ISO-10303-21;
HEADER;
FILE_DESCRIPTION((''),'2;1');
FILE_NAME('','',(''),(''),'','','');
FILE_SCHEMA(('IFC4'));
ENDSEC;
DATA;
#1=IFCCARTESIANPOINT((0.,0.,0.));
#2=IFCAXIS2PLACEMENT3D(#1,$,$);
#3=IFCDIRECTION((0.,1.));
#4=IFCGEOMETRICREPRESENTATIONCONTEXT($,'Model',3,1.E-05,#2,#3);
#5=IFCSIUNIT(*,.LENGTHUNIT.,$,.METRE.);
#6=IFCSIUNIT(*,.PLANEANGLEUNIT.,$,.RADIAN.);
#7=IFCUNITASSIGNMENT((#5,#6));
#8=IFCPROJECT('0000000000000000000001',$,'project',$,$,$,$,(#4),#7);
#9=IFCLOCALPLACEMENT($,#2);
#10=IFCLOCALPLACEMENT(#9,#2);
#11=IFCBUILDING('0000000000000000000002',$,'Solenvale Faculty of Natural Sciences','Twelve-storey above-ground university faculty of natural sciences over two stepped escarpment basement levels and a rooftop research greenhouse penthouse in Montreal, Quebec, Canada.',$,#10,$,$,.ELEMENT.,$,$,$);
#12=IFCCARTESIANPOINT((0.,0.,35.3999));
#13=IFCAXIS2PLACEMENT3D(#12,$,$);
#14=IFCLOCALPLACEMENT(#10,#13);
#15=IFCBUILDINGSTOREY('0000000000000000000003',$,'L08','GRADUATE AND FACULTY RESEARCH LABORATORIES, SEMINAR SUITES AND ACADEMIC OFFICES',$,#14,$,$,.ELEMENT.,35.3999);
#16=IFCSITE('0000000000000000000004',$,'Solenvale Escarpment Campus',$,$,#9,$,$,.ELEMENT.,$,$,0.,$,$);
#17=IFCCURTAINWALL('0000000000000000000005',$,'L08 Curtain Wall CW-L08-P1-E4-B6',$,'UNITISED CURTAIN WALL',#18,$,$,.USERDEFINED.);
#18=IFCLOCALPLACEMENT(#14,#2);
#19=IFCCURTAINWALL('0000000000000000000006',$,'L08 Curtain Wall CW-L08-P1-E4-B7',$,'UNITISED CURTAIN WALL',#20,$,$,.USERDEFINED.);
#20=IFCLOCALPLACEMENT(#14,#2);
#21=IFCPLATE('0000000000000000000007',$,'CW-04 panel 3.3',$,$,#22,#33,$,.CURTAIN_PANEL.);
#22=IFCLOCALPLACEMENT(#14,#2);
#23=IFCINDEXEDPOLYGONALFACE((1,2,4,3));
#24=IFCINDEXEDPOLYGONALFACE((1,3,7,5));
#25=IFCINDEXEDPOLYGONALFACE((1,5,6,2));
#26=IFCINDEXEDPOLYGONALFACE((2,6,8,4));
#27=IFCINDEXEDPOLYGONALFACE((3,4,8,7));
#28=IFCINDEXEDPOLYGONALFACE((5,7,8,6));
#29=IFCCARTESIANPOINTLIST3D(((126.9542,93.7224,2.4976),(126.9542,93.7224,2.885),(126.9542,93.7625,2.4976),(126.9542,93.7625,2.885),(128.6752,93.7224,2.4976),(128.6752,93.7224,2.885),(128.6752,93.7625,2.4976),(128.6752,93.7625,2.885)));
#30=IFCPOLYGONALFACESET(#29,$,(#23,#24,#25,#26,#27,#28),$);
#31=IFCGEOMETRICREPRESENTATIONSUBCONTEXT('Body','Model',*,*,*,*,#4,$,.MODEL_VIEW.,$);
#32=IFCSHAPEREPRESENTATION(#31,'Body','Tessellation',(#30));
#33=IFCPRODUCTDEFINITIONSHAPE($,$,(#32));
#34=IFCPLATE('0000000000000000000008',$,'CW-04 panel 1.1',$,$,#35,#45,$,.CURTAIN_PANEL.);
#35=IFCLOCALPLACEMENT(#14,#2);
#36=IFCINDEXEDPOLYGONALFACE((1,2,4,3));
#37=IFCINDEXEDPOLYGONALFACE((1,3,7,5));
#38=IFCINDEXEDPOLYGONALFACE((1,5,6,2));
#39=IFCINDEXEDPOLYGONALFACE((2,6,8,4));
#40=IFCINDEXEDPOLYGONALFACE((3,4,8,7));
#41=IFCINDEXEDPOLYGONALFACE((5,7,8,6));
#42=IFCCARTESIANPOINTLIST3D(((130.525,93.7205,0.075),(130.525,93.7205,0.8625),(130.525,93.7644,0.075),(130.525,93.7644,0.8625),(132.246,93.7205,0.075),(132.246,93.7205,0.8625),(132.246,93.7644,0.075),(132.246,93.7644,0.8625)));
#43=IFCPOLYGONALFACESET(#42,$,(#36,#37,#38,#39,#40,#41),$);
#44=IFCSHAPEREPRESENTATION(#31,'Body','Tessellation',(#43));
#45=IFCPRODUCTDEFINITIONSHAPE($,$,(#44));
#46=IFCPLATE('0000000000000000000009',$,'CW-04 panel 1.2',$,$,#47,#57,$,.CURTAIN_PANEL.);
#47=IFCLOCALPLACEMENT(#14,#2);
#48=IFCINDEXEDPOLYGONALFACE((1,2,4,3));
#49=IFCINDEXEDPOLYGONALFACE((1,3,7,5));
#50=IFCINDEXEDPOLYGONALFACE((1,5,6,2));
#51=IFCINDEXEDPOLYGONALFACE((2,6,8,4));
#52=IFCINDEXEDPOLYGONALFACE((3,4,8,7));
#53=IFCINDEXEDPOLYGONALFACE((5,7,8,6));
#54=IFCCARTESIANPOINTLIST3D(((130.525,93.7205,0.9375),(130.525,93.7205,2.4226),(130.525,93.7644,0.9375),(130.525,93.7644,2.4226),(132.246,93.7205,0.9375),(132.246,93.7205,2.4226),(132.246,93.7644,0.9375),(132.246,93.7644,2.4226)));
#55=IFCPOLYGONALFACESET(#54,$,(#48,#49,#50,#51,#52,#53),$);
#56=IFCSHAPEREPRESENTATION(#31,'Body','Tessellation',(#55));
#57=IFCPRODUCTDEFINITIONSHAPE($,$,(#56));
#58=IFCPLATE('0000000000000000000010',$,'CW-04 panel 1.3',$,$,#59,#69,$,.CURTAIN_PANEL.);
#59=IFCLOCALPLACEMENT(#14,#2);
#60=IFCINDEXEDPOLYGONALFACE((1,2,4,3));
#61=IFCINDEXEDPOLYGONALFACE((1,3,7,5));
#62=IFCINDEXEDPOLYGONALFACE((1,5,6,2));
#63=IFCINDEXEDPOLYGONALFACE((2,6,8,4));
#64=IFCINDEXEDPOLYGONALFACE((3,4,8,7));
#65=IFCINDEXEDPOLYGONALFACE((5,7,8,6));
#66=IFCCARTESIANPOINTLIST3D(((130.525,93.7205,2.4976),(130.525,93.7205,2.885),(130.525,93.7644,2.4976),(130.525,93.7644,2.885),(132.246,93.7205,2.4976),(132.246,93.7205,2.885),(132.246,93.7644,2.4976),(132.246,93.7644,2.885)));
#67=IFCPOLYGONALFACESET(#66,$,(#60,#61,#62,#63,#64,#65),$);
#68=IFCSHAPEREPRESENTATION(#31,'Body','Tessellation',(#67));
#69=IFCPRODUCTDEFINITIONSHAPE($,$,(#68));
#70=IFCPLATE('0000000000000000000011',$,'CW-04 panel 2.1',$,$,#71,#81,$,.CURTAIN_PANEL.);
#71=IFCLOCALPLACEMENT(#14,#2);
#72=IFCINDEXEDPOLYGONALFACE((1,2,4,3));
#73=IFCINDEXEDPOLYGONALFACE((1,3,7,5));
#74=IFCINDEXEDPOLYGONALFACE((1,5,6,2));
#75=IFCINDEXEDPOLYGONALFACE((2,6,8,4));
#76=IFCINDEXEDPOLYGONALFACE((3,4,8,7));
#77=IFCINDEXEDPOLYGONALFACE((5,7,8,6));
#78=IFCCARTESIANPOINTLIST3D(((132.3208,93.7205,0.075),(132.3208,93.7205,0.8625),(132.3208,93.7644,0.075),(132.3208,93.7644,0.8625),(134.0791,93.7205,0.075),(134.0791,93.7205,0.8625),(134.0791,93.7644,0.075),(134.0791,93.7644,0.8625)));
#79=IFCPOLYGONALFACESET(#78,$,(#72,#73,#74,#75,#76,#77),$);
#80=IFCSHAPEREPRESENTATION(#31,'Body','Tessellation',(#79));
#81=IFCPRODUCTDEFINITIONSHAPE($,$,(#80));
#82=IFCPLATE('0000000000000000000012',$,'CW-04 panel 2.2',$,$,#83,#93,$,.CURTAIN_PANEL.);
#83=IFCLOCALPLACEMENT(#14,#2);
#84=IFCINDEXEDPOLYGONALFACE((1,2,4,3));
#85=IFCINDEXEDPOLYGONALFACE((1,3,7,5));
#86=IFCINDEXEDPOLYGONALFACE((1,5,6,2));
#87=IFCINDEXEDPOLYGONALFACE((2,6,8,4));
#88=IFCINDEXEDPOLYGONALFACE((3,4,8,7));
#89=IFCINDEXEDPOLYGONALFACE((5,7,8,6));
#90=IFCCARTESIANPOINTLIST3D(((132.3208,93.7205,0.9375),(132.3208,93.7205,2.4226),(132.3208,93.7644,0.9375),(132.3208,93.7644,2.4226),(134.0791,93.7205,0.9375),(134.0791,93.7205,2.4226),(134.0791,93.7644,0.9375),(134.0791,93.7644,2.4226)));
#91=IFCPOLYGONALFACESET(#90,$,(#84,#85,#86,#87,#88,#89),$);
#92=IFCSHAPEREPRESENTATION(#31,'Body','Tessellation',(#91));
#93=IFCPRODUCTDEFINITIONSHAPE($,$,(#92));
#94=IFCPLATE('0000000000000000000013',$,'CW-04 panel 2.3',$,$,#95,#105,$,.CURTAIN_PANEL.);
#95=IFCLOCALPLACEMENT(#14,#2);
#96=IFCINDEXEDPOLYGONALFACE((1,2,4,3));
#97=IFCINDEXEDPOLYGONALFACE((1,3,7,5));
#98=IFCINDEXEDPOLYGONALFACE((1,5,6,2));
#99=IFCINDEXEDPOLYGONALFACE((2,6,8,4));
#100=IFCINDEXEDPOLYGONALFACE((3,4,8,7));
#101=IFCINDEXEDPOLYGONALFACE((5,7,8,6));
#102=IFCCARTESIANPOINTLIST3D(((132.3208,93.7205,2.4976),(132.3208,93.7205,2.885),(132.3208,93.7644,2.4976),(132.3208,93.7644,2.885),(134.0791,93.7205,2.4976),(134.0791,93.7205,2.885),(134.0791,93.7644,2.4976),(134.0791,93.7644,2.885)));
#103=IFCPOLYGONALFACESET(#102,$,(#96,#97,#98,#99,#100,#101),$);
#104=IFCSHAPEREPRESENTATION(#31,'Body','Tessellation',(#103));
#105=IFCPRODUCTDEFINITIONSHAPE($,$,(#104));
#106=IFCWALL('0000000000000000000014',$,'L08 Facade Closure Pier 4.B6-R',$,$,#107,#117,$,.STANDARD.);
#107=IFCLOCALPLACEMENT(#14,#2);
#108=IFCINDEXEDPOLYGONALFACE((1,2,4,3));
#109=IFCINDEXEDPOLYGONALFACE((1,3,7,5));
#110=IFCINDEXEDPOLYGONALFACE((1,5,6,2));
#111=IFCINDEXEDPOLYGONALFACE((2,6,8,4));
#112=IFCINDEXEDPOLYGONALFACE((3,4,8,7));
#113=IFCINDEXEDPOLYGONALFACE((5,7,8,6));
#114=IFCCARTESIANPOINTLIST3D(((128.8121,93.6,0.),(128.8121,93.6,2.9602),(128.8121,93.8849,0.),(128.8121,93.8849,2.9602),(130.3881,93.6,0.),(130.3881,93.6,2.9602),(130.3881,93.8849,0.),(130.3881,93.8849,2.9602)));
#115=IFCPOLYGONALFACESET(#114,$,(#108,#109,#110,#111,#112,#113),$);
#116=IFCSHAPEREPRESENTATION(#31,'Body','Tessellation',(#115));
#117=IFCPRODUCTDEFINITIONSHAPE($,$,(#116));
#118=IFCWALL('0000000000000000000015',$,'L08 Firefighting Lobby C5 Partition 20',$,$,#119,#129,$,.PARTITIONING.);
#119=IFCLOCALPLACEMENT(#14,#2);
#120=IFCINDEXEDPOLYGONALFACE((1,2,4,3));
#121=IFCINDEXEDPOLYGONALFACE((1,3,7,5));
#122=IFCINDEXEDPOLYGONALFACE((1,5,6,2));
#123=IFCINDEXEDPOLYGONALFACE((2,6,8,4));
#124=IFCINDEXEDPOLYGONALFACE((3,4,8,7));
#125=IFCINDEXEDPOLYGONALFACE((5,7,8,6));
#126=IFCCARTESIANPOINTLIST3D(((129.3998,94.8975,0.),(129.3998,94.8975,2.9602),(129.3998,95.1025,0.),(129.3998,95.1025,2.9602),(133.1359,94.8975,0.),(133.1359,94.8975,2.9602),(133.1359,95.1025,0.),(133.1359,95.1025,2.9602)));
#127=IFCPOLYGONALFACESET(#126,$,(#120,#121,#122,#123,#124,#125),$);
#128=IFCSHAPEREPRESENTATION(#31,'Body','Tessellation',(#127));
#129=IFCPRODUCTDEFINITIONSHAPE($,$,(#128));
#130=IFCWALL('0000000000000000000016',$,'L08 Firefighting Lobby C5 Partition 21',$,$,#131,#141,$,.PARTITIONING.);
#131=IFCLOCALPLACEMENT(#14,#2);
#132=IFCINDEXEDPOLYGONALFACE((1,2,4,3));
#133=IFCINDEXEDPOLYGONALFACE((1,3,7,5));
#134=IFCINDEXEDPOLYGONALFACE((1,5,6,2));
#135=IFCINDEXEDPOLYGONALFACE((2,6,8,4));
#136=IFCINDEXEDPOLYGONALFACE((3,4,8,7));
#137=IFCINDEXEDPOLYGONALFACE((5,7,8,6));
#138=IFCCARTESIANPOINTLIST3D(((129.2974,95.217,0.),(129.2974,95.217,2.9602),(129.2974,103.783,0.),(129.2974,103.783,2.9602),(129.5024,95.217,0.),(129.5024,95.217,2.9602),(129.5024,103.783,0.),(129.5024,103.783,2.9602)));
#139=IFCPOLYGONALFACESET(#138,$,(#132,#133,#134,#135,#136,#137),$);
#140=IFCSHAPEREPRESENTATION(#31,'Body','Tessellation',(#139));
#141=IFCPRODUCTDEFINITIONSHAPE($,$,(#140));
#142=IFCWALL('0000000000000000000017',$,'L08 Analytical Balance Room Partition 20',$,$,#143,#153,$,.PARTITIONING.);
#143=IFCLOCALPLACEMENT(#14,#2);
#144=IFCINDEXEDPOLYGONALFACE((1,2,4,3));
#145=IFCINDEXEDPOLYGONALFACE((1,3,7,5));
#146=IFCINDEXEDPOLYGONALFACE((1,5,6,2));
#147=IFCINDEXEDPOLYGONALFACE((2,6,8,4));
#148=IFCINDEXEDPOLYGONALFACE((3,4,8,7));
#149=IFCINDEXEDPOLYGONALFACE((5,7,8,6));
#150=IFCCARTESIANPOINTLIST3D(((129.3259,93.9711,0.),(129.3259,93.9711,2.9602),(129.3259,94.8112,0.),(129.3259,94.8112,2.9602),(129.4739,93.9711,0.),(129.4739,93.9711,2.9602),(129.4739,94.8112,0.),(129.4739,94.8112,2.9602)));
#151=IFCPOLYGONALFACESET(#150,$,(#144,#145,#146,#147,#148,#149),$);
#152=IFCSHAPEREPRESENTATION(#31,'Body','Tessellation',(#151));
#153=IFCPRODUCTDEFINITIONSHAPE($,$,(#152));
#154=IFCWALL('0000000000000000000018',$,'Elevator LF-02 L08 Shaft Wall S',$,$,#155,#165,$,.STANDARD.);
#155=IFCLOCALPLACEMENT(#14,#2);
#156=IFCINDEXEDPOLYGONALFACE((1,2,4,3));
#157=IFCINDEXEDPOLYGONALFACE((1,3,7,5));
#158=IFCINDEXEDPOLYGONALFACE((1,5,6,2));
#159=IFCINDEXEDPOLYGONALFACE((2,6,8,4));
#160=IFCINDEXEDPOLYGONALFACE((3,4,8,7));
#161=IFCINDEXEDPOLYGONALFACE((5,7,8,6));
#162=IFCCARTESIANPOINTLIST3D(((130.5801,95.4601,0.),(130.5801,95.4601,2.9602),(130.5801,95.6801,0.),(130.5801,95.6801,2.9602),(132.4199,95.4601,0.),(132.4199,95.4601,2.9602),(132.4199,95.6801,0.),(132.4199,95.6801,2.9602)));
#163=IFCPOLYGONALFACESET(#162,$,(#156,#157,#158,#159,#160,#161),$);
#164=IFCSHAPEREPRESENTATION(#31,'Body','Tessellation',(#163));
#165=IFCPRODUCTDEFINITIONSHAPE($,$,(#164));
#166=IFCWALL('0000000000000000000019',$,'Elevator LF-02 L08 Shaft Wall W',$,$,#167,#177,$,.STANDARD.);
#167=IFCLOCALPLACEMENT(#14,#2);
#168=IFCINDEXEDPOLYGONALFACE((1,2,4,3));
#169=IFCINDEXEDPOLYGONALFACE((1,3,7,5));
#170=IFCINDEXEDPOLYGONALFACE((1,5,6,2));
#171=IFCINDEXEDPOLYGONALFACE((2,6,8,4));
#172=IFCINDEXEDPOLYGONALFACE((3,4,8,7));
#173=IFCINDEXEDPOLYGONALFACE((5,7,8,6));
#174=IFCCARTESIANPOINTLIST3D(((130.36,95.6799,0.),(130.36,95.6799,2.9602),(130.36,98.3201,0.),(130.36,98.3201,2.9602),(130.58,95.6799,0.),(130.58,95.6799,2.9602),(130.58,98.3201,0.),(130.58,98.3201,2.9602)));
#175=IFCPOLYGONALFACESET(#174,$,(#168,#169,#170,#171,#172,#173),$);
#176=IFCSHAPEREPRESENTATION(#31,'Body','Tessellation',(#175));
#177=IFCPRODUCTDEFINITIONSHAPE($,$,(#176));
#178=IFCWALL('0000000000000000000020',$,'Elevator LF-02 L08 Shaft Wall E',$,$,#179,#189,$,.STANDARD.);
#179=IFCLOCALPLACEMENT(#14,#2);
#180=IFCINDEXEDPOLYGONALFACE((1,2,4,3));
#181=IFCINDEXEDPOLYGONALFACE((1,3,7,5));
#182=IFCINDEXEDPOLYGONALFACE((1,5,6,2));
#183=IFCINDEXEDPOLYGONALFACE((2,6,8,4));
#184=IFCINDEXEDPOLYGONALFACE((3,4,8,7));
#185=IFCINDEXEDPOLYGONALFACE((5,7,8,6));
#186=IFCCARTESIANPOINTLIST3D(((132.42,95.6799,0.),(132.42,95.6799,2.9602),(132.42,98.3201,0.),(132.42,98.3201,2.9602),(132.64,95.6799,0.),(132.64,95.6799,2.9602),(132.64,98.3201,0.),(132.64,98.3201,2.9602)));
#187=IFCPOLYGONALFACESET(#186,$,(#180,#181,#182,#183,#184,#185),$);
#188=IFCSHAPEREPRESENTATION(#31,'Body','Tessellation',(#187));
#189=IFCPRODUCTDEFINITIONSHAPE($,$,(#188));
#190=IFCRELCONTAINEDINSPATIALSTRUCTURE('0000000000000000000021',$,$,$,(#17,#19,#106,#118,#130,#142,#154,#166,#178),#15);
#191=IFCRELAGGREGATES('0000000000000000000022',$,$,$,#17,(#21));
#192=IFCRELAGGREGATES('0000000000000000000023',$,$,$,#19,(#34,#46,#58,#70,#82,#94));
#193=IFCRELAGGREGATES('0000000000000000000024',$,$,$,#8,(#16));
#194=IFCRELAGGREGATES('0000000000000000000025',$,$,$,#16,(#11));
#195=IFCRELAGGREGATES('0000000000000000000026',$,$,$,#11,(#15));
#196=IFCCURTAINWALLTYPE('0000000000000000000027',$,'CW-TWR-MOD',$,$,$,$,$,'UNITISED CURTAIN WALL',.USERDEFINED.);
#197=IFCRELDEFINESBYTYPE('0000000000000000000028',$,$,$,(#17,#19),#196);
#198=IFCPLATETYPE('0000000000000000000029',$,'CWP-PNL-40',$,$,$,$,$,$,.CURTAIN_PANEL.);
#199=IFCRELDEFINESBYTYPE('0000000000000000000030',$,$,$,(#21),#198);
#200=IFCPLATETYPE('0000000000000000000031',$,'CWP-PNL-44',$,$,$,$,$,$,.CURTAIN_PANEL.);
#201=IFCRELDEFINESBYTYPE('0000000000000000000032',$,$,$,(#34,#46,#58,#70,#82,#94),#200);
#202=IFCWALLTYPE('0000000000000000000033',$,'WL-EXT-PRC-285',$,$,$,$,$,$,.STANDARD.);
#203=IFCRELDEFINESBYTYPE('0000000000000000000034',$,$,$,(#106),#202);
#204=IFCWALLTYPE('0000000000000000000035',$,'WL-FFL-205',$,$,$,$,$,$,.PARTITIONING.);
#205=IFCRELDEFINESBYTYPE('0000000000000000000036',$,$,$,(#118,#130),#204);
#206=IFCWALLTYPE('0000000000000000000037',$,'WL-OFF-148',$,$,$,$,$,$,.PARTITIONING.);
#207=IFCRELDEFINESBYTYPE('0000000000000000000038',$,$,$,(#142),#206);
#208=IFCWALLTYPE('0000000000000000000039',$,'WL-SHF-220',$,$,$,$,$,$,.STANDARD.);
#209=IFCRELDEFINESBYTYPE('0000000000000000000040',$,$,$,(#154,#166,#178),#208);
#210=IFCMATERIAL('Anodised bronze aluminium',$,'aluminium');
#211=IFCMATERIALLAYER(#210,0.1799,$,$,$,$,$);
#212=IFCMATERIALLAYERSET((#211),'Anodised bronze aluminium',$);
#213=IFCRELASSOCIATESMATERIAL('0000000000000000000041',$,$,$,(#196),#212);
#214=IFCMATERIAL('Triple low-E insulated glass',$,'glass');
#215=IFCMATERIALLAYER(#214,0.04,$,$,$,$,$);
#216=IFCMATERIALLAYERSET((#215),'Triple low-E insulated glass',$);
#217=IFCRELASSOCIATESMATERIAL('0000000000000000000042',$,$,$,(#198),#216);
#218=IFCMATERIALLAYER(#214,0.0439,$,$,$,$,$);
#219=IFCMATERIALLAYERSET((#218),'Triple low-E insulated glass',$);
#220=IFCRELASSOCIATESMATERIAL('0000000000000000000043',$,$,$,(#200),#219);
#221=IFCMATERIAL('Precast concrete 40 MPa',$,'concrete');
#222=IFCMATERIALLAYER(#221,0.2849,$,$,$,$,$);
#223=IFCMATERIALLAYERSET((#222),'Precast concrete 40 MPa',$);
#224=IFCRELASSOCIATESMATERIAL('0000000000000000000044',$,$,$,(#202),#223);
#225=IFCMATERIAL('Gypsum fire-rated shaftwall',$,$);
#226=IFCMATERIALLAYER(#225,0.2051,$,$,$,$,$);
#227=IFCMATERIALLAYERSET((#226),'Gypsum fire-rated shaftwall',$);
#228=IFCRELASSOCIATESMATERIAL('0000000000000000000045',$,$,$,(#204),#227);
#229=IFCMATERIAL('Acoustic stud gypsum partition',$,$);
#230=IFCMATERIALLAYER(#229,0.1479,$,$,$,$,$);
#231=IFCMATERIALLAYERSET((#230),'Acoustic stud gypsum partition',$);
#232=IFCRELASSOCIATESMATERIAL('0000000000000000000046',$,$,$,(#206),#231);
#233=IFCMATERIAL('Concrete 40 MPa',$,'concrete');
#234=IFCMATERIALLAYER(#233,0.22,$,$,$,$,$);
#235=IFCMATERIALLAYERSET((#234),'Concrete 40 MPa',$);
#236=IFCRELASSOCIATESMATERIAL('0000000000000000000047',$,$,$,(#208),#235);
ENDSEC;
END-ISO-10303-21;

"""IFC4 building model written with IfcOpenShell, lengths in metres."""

from ifc_helpers import new_model, si_unit, direction, frame, frame_2d, origin, origin_2d, place, context, subcontext, project, spatial, rectangle, extrude, material, layer, layer_set, type_object, element, aggregate, save


model = new_model("IFC4")

# Units and contexts
model_context = context("Model", 3, precision=1e-05, world=origin(), true_north=direction((0.0, 1.0)))
body_context = subcontext(model_context, "Body", "Model", "MODEL_VIEW")
ifc_project = project(units=[si_unit("LENGTHUNIT", "METRE"), si_unit("PLANEANGLEUNIT", "RADIAN")], contexts=[model_context])

# Site, building, storey
site_placement = place(None, origin())
site = spatial("IfcSite", under=ifc_project, at=site_placement, Name="Solenvale Escarpment Campus", CompositionType="ELEMENT", RefElevation=0.0)
building_placement = place(site_placement, origin())
building = spatial("IfcBuilding", under=site, at=building_placement, Name="Solenvale Faculty of Natural Sciences", Description="Twelve-storey above-ground university faculty of natural sciences over two stepped escarpment basement levels and a rooftop research greenhouse penthouse in Montreal, Quebec, Canada.", CompositionType="ELEMENT")
storey_placement = place(building_placement, frame((0.0, 0.0, 35.3999)))
storey = spatial("IfcBuildingStorey", under=building, at=storey_placement, Name="L08", Description="GRADUATE AND FACULTY RESEARCH LABORATORIES, SEMINAR SUITES AND ACADEMIC OFFICES", CompositionType="ELEMENT", Elevation=35.3999)

# Shared definitions
ifc_material_1 = material(Name="Concrete 40 MPa", Category="concrete")

# Curtain wall
ifc_material_2 = material(Name="Anodised bronze aluminium", Category="aluminium")
ifc_layer_1 = layer(ifc_material_2, 0.1799)
ifc_layer_set_1 = layer_set([ifc_layer_1], Name="Anodised bronze aluminium")
curtain_wall_type = type_object("IfcCurtainWallType", Name="CW-TWR-MOD", ElementType="UNITISED CURTAIN WALL", PredefinedType="USERDEFINED", material=ifc_layer_set_1)
curtain_wall_1_placement = place(storey_placement, origin())
curtain_wall_1 = element("IfcCurtainWall", 1, at=curtain_wall_1_placement, inside=storey, type_object=curtain_wall_type, Name="L08 Curtain Wall CW-L08-P1-E4-B6", ObjectType="UNITISED CURTAIN WALL", PredefinedType="USERDEFINED")

# Curtain wall
curtain_wall_2_placement = place(storey_placement, origin())
curtain_wall_2 = element("IfcCurtainWall", 2, at=curtain_wall_2_placement, inside=storey, type_object=curtain_wall_type, Name="L08 Curtain Wall CW-L08-P1-E4-B7", ObjectType="UNITISED CURTAIN WALL", PredefinedType="USERDEFINED")

# Plates
ifc_material_3 = material(Name="Triple low-E insulated glass", Category="glass")
ifc_layer_2 = layer(ifc_material_3, 0.04)
ifc_layer_set_2 = layer_set([ifc_layer_2], Name="Triple low-E insulated glass")
plate_type_1 = type_object("IfcPlateType", Name="CWP-PNL-40", PredefinedType="CURTAIN_PANEL", material=ifc_layer_set_2)
plate_1_placement = place(storey_placement, frame((127.8147, 93.7424, 2.4976), z_axis=(0.0, 0.0, 1.0), x_axis=(1.0, 0.0, 0.0)))
plate_1 = element("IfcPlate", 3, at=plate_1_placement, type_object=plate_type_1, Name="CW-04 panel 3.3", PredefinedType="CURTAIN_PANEL", context=body_context, shape_type="SweptSolid", body=[
    extrude(rectangle(XDim=1.7209, YDim=0.04, at=origin_2d()), origin(), (0.0, 0.0, 1.0), 0.3875),
])
aggregate(curtain_wall_1, [plate_1])
ifc_layer_3 = layer(ifc_material_3, 0.0439)
ifc_layer_set_3 = layer_set([ifc_layer_3], Name="Triple low-E insulated glass")
plate_type_2 = type_object("IfcPlateType", Name="CWP-PNL-44", PredefinedType="CURTAIN_PANEL", material=ifc_layer_set_3)
plate_2_placement = place(storey_placement, frame((131.3855, 93.7424, 0.075), z_axis=(0.0, 0.0, 1.0), x_axis=(1.0, 0.0, 0.0)))
plate_2 = element("IfcPlate", 4, at=plate_2_placement, type_object=plate_type_2, Name="CW-04 panel 1.1", PredefinedType="CURTAIN_PANEL", context=body_context, shape_type="SweptSolid", body=[
    extrude(rectangle(XDim=1.7209, YDim=0.0439, at=origin_2d()), origin(), (0.0, 0.0, 1.0), 0.7876),
])
plate_3_placement = place(storey_placement, frame((131.3855, 93.7424, 0.9375), z_axis=(0.0, 0.0, 1.0), x_axis=(1.0, 0.0, 0.0)))
plate_3 = element("IfcPlate", 5, at=plate_3_placement, type_object=plate_type_2, Name="CW-04 panel 1.2", PredefinedType="CURTAIN_PANEL", context=body_context, shape_type="SweptSolid", body=[
    extrude(rectangle(XDim=1.7209, YDim=0.0439, at=origin_2d()), origin(), (0.0, 0.0, 1.0), 1.4851),
])
plate_4_placement = place(storey_placement, frame((131.3855, 93.7424, 2.4976), z_axis=(0.0, 0.0, 1.0), x_axis=(1.0, 0.0, 0.0)))
plate_4 = element("IfcPlate", 6, at=plate_4_placement, type_object=plate_type_2, Name="CW-04 panel 1.3", PredefinedType="CURTAIN_PANEL", context=body_context, shape_type="SweptSolid", body=[
    extrude(rectangle(XDim=1.7209, YDim=0.0439, at=origin_2d()), origin(), (0.0, 0.0, 1.0), 0.3875),
])
plate_5_placement = place(storey_placement, frame((133.2, 93.7424, 0.075), z_axis=(0.0, 0.0, 1.0), x_axis=(1.0, 0.0, 0.0)))
plate_5 = element("IfcPlate", 7, at=plate_5_placement, type_object=plate_type_2, Name="CW-04 panel 2.1", PredefinedType="CURTAIN_PANEL", context=body_context, shape_type="SweptSolid", body=[
    extrude(rectangle(XDim=1.7583, YDim=0.0439, at=origin_2d()), origin(), (0.0, 0.0, 1.0), 0.7876),
])
plate_6_placement = place(storey_placement, frame((133.2, 93.7424, 0.9375), z_axis=(0.0, 0.0, 1.0), x_axis=(1.0, 0.0, 0.0)))
plate_6 = element("IfcPlate", 8, at=plate_6_placement, type_object=plate_type_2, Name="CW-04 panel 2.2", PredefinedType="CURTAIN_PANEL", context=body_context, shape_type="SweptSolid", body=[
    extrude(rectangle(XDim=1.7583, YDim=0.0439, at=origin_2d()), origin(), (0.0, 0.0, 1.0), 1.4851),
])
plate_7_placement = place(storey_placement, frame((133.2, 93.7424, 2.4976), z_axis=(0.0, 0.0, 1.0), x_axis=(1.0, 0.0, 0.0)))
plate_7 = element("IfcPlate", 9, at=plate_7_placement, type_object=plate_type_2, Name="CW-04 panel 2.3", PredefinedType="CURTAIN_PANEL", context=body_context, shape_type="SweptSolid", body=[
    extrude(rectangle(XDim=1.7583, YDim=0.0439, at=origin_2d()), origin(), (0.0, 0.0, 1.0), 0.3875),
])
aggregate(curtain_wall_2, [plate_2, plate_3, plate_4, plate_5, plate_6, plate_7])

# Walls
ifc_material_4 = material(Name="Precast concrete 40 MPa", Category="concrete")
ifc_layer_4 = layer(ifc_material_4, 0.2849)
ifc_layer_set_4 = layer_set([ifc_layer_4], Name="Precast concrete 40 MPa")
wall_type_1 = type_object("IfcWallType", Name="WL-EXT-PRC-285", PredefinedType="STANDARD", material=ifc_layer_set_4)
wall_1_placement = place(storey_placement, frame((128.812, 93.7424, 0.0), z_axis=(0.0, 0.0, 1.0), x_axis=(1.0, 0.0, 0.0)))
element("IfcWall", 10, at=wall_1_placement, inside=storey, type_object=wall_type_1, Name="L08 Facade Closure Pier 4.B6-R", PredefinedType="STANDARD", context=body_context, shape_type="SweptSolid", body=[
    extrude(rectangle(XDim=1.5759, YDim=0.2849, at=frame_2d((0.7881, 0.0))), origin(), (0.0, 0.0, 1.0), 2.9602),
])
ifc_material_5 = material(Name="Gypsum fire-rated shaftwall")
ifc_layer_5 = layer(ifc_material_5, 0.2051)
ifc_layer_set_5 = layer_set([ifc_layer_5], Name="Gypsum fire-rated shaftwall")
wall_type_2 = type_object("IfcWallType", Name="WL-FFL-205", PredefinedType="PARTITIONING", material=ifc_layer_set_5)
wall_2_placement = place(storey_placement, frame((133.136, 95.0, 0.0), z_axis=(0.0, 0.0, 1.0), x_axis=(-1.0, 0.0, 0.0)))
element("IfcWall", 11, at=wall_2_placement, inside=storey, type_object=wall_type_2, Name="L08 Firefighting Lobby C5 Partition 20", PredefinedType="PARTITIONING", context=body_context, shape_type="SweptSolid", body=[
    extrude(rectangle(XDim=3.7361, YDim=0.2051, at=frame_2d((1.8682, 0.0))), origin(), (0.0, 0.0, 1.0), 2.9602),
])
wall_3_placement = place(storey_placement, frame((129.3999, 95.217, 0.0), z_axis=(0.0, 0.0, 1.0), x_axis=(0.0, 1.0, 0.0)))
element("IfcWall", 12, at=wall_3_placement, inside=storey, type_object=wall_type_2, Name="L08 Firefighting Lobby C5 Partition 21", PredefinedType="PARTITIONING", context=body_context, shape_type="SweptSolid", body=[
    extrude(rectangle(XDim=8.5659, YDim=0.2051, at=frame_2d((4.283, 0.0))), origin(), (0.0, 0.0, 1.0), 2.9602),
])
ifc_material_6 = material(Name="Acoustic stud gypsum partition")
ifc_layer_6 = layer(ifc_material_6, 0.1479)
ifc_layer_set_6 = layer_set([ifc_layer_6], Name="Acoustic stud gypsum partition")
wall_type_3 = type_object("IfcWallType", Name="WL-OFF-148", PredefinedType="PARTITIONING", material=ifc_layer_set_6)
wall_4_placement = place(storey_placement, frame((129.3999, 94.811, 0.0), z_axis=(0.0, 0.0, 1.0), x_axis=(0.0, -1.0, 0.0)))
element("IfcWall", 13, at=wall_4_placement, inside=storey, type_object=wall_type_3, Name="L08 Analytical Balance Room Partition 20", PredefinedType="PARTITIONING", context=body_context, shape_type="SweptSolid", body=[
    extrude(rectangle(XDim=0.8401, YDim=0.1479, at=frame_2d((0.4199, 0.0))), origin(), (0.0, 0.0, 1.0), 2.9602),
])
ifc_layer_7 = layer(ifc_material_1, 0.22)
ifc_layer_set_7 = layer_set([ifc_layer_7], Name="Concrete 40 MPa")
wall_type_4 = type_object("IfcWallType", Name="WL-SHF-220", PredefinedType="STANDARD", material=ifc_layer_set_7)
wall_5_placement = place(storey_placement, frame((130.5801, 95.5701, 0.0), z_axis=(0.0, 0.0, 1.0), x_axis=(1.0, 0.0, 0.0)))
element("IfcWall", 14, at=wall_5_placement, inside=storey, type_object=wall_type_4, Name="Elevator LF-02 L08 Shaft Wall S", PredefinedType="STANDARD", context=body_context, shape_type="SweptSolid", body=[
    extrude(rectangle(XDim=1.8398, YDim=0.22, at=frame_2d((0.9199, 0.0))), origin(), (0.0, 0.0, 1.0), 2.9602),
])
for number, where, z_axis, x_axis, name in (
    (15, (130.47, 95.6799, 0.0), (0.0, 0.0, 1.0), (0.0, 1.0, 0.0), "Elevator LF-02 L08 Shaft Wall W"),
    (16, (132.53, 95.6799, 0.0), (0.0, 0.0, 1.0), (0.0, 1.0, 0.0), "Elevator LF-02 L08 Shaft Wall E"),
):
    element("IfcWall", number, at=place(storey_placement, frame(where, z_axis=z_axis, x_axis=x_axis)), inside=storey, type_object=wall_type_4, Name=name, PredefinedType="STANDARD", context=body_context, shape_type="SweptSolid", body=[
        extrude(rectangle(XDim=2.6401, YDim=0.22, at=frame_2d((1.3201, 0.0))), origin(), (0.0, 0.0, 1.0), 2.9602),
    ])

save(model, "model.ifc")
